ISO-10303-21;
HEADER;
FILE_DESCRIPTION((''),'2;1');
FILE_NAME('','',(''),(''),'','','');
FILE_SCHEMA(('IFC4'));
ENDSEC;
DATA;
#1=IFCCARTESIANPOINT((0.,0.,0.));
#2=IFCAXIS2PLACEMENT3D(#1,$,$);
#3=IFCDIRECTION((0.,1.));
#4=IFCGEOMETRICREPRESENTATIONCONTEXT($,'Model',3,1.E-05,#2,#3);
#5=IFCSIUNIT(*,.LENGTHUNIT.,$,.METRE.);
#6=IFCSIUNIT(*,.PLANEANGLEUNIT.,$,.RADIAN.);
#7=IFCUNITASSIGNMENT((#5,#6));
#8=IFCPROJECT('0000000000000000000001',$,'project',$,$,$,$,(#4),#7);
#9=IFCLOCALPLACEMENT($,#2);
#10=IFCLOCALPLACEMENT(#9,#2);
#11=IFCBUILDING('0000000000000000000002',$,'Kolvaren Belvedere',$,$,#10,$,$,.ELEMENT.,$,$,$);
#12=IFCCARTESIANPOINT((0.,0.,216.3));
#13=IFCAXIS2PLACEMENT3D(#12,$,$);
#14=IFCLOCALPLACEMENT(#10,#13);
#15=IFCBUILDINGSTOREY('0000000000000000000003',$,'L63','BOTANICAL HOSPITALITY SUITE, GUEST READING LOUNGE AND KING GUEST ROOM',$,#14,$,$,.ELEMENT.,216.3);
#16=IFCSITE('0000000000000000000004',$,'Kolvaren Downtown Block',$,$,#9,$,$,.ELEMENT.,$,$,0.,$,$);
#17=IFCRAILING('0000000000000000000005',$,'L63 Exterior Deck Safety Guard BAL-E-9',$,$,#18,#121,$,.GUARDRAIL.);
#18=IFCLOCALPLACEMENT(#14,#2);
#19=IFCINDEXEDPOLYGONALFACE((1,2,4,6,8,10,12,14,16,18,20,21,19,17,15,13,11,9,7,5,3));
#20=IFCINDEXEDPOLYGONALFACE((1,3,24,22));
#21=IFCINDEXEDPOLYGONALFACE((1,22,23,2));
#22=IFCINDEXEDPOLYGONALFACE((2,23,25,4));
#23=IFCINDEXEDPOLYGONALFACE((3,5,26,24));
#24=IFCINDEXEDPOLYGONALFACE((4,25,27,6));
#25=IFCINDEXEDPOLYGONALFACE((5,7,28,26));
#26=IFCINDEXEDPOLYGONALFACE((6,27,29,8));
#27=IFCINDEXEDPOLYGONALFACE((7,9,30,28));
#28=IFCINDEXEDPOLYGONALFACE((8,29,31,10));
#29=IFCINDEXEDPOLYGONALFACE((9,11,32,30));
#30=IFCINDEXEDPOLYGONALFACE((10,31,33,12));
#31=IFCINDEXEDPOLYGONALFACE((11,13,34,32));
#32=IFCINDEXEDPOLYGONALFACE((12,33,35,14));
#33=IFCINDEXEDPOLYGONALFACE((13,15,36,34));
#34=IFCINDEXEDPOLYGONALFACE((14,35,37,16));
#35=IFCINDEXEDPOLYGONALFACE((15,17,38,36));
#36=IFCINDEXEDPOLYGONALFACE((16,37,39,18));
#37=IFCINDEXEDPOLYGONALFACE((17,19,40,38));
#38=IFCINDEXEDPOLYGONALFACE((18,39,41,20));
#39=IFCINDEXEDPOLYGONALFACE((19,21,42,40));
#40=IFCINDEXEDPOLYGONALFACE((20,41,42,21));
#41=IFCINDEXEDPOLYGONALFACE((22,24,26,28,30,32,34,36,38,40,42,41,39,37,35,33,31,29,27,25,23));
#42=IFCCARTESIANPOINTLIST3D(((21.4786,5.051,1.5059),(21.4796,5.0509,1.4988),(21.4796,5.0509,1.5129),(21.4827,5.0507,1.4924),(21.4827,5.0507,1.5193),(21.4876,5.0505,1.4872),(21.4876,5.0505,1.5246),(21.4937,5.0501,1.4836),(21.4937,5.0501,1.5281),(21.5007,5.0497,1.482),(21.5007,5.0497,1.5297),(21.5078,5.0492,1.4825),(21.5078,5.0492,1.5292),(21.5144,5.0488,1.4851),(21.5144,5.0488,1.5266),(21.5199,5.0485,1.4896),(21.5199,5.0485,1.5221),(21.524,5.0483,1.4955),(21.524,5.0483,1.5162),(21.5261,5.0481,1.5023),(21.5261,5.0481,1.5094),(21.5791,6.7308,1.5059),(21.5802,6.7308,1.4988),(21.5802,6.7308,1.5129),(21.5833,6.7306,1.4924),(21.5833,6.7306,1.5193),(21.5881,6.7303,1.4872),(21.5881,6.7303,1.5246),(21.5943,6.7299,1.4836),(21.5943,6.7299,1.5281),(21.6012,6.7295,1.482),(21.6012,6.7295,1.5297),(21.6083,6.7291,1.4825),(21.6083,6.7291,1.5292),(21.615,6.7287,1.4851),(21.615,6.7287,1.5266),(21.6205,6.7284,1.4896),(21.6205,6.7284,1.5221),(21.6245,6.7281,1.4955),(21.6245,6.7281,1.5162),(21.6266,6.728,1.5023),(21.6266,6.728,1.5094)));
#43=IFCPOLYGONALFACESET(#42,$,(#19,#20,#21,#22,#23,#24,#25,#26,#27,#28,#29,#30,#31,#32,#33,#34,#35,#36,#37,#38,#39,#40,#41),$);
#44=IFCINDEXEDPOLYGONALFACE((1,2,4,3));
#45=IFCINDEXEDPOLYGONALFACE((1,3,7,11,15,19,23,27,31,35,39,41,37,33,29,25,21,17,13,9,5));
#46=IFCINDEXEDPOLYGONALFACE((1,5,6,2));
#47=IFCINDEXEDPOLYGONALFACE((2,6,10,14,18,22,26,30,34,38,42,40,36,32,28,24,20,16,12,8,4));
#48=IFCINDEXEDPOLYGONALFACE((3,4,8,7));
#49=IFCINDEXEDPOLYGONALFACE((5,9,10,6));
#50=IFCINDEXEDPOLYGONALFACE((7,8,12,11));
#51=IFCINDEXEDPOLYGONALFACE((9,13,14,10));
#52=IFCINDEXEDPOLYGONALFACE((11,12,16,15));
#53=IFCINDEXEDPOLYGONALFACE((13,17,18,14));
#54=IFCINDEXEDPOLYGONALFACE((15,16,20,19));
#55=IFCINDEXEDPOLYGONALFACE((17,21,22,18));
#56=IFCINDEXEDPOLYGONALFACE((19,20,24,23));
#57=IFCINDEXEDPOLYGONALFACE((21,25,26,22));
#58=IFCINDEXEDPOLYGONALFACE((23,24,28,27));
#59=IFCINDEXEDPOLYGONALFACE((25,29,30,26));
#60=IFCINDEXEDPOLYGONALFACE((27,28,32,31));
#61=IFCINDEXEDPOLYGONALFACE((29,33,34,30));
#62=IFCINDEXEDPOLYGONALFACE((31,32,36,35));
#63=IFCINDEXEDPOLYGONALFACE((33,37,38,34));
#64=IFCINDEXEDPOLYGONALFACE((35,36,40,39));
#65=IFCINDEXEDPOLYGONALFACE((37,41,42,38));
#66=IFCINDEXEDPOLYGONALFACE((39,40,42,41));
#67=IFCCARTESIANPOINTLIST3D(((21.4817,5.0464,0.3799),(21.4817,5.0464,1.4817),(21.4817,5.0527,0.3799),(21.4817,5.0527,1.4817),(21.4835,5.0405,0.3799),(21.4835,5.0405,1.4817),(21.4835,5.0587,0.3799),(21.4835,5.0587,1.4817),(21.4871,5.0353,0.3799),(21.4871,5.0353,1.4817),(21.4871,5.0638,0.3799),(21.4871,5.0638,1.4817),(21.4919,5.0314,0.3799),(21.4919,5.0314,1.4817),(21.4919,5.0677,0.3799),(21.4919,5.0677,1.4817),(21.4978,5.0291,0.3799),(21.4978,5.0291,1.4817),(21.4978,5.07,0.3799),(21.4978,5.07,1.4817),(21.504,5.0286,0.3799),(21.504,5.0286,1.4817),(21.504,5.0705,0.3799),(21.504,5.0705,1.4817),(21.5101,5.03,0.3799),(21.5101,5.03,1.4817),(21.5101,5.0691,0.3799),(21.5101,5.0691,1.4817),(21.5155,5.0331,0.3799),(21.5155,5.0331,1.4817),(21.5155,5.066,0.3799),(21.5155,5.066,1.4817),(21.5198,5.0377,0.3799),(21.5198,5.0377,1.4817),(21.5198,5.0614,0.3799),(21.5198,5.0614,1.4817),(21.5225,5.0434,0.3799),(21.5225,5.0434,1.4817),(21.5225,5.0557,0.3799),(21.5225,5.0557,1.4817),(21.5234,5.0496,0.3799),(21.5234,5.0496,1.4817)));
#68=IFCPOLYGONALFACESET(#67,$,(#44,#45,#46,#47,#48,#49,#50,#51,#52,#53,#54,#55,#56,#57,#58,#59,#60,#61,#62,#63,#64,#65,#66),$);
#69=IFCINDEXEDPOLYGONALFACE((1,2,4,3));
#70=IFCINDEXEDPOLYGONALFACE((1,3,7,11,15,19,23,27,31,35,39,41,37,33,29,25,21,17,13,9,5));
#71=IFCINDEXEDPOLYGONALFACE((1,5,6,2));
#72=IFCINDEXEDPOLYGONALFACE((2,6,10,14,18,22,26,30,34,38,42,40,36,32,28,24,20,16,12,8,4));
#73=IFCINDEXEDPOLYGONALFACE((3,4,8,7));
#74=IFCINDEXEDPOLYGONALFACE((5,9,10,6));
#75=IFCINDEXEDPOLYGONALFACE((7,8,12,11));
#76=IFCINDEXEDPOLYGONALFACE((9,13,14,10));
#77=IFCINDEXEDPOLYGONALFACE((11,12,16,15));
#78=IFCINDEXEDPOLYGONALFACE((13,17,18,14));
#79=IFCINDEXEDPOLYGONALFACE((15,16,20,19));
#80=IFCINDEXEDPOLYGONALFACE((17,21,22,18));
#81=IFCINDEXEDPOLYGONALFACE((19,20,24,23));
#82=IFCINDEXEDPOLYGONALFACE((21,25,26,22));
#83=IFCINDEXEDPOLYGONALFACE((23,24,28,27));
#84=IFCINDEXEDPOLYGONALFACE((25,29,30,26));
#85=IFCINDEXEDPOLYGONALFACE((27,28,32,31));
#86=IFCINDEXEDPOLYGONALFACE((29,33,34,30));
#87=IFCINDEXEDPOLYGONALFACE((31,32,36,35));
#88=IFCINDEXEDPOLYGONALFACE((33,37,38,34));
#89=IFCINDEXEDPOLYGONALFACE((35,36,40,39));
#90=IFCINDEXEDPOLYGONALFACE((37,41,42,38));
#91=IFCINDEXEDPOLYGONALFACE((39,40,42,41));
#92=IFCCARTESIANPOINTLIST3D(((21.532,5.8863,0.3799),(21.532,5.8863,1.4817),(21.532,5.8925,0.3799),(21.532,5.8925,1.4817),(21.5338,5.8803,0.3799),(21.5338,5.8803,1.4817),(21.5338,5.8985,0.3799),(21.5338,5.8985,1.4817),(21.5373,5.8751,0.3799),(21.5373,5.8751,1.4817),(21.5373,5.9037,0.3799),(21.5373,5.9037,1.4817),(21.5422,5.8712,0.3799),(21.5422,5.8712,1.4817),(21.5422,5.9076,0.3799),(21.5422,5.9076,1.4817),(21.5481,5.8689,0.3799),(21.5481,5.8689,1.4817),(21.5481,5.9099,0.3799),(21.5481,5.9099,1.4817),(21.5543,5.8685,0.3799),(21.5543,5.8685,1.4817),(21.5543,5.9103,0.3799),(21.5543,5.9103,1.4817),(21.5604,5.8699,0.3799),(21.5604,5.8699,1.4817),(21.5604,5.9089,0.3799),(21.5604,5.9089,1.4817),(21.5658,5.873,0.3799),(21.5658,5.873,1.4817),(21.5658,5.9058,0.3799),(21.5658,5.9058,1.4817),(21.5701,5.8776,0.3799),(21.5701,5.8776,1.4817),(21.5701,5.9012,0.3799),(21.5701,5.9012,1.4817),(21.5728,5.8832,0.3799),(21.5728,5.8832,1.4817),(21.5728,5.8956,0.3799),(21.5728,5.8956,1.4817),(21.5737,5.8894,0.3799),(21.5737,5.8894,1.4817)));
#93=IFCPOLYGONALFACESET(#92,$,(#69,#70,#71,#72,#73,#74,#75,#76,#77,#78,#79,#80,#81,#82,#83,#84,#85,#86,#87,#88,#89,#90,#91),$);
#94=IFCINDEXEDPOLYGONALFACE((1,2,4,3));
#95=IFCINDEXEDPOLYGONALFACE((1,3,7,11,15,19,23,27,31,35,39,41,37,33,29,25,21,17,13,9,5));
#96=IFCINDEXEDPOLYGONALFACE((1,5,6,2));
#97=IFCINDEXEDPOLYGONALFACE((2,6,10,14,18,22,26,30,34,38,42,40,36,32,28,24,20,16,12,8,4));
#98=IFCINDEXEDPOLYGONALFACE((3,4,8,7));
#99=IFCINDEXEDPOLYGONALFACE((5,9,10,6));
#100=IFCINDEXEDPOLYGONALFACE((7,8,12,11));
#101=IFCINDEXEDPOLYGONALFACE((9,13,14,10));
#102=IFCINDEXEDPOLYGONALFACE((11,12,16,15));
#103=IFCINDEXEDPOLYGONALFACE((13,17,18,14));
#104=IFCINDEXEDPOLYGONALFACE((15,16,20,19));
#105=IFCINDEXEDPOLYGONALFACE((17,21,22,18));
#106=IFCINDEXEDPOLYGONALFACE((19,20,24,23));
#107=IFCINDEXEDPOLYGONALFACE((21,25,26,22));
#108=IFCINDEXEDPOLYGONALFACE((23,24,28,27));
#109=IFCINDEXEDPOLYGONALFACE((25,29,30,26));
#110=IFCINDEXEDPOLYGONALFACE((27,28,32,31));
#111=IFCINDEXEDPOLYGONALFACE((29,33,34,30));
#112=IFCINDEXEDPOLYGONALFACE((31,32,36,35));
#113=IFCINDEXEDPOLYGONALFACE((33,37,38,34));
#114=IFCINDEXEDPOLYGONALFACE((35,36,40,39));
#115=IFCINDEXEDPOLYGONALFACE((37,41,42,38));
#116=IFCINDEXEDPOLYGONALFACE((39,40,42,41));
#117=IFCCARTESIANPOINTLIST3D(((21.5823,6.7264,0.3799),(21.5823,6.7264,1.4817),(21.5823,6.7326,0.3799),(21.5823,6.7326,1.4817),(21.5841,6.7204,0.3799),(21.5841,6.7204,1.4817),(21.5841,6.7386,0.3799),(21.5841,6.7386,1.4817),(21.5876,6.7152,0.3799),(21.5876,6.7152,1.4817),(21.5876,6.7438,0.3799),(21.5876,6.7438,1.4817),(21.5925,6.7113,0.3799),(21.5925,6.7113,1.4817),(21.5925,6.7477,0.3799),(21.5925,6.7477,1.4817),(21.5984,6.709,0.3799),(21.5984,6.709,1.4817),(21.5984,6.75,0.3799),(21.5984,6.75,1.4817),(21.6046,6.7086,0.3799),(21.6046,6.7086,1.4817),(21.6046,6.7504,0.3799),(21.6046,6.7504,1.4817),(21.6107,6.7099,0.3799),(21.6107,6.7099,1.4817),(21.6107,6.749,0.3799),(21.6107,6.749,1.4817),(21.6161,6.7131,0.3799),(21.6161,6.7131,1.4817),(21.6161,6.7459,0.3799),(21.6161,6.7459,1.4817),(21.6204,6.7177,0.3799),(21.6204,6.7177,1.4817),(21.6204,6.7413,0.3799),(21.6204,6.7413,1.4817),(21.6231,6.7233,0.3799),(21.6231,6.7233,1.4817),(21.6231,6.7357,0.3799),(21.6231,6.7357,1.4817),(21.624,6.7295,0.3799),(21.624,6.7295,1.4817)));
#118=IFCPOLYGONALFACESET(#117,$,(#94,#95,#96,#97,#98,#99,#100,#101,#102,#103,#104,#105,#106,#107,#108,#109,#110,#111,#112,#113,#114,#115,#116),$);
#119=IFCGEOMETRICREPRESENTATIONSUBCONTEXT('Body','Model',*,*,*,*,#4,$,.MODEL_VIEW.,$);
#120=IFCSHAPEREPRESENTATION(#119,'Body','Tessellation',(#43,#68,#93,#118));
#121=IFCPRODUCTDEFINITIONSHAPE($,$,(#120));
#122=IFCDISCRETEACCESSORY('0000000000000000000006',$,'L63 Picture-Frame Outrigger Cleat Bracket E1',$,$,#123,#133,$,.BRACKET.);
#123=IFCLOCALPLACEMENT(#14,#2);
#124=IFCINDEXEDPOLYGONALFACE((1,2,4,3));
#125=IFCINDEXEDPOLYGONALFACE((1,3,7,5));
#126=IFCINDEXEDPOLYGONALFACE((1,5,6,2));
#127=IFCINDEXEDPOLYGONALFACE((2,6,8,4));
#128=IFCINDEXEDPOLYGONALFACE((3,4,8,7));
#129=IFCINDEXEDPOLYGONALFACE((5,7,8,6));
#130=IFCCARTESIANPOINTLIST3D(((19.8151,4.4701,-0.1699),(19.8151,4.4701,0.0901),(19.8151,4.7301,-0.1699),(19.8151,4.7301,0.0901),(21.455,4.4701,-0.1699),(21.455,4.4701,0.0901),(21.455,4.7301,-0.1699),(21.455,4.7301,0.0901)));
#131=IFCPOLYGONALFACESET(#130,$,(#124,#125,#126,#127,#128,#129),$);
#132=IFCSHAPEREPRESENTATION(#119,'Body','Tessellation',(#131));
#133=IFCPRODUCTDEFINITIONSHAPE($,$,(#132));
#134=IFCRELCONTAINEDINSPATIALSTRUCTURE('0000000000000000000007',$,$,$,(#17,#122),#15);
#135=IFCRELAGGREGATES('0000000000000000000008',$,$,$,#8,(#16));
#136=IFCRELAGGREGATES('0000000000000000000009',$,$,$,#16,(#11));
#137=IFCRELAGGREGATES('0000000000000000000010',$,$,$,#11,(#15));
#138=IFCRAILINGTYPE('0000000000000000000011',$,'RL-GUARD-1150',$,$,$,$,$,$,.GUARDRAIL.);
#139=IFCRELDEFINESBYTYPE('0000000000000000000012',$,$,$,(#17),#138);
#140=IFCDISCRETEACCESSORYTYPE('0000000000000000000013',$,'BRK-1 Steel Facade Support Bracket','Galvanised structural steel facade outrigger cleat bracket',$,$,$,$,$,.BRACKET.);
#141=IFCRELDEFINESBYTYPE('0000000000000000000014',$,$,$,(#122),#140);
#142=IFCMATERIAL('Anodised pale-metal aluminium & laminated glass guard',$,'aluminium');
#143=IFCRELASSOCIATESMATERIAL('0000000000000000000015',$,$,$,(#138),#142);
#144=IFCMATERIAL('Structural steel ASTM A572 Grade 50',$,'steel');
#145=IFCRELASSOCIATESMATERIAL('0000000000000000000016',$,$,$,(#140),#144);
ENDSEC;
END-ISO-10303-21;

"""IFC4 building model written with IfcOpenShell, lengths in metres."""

from ifc_helpers import new_model, si_unit, direction, frame, origin, origin_2d, place, context, subcontext, project, spatial, rectangle, circle, extrude, material, type_object, element, save


model = new_model("IFC4")

# Units and contexts
model_context = context("Model", 3, precision=1e-05, world=origin(), true_north=direction((0.0, 1.0)))
body_context = subcontext(model_context, "Body", "Model", "MODEL_VIEW")
ifc_project = project(units=[si_unit("LENGTHUNIT", "METRE"), si_unit("PLANEANGLEUNIT", "RADIAN")], contexts=[model_context])

# Site, building, storey
site_placement = place(None, origin())
site = spatial("IfcSite", under=ifc_project, at=site_placement, Name="Kolvaren Downtown Block", CompositionType="ELEMENT", RefElevation=0.0)
building_placement = place(site_placement, origin())
building = spatial("IfcBuilding", under=site, at=building_placement, Name="Kolvaren Belvedere", CompositionType="ELEMENT")
storey_placement = place(building_placement, frame((0.0, 0.0, 216.3)))
storey = spatial("IfcBuildingStorey", under=building, at=storey_placement, Name="L63", Description="BOTANICAL HOSPITALITY SUITE, GUEST READING LOUNGE AND KING GUEST ROOM", CompositionType="ELEMENT", Elevation=216.3)

# Railing
ifc_material_1 = material(Name="Anodised pale-metal aluminium & laminated glass guard", Category="aluminium")
railing_type = type_object("IfcRailingType", Name="RL-GUARD-1150", PredefinedType="GUARDRAIL", material=ifc_material_1)
railing_1_placement = place(storey_placement, frame((21.5024, 5.0496, 0.3799)))
element("IfcRailing", 1, at=railing_1_placement, inside=storey, type_object=railing_type, Name="L63 Exterior Deck Safety Guard BAL-E-9", PredefinedType="GUARDRAIL", context=body_context, shape_type="SweptSolid", body=[
    extrude(circle(Radius=0.0239, at=origin_2d()), frame((0.0, 0.0, 1.126), z_axis=(0.059768, 0.998212, 0.0), x_axis=(-0.998212, 0.059768, 0.0)), (0.0, 0.0, 1.0), 1.6829),
    extrude(circle(Radius=0.021, at=origin_2d()), origin(), (0.0, 0.0, 1.0), 1.1018),
    extrude(circle(Radius=0.021, at=origin_2d()), frame((0.0503, 0.8398, 0.0)), (0.0, 0.0, 1.0), 1.1018),
    extrude(circle(Radius=0.021, at=origin_2d()), frame((0.1006, 1.6799, 0.0)), (0.0, 0.0, 1.0), 1.1018),
])

# Discrete accessory
ifc_material_2 = material(Name="Structural steel ASTM A572 Grade 50", Category="steel")
discrete_accessory_type = type_object("IfcDiscreteAccessoryType", Name="BRK-1 Steel Facade Support Bracket", Description="Galvanised structural steel facade outrigger cleat bracket", PredefinedType="BRACKET", material=ifc_material_2)
discrete_accessory_placement = place(storey_placement, frame((20.635, 4.6001, -0.1699), z_axis=(0.0, 0.0, 1.0), x_axis=(1.0, 0.0, 0.0)))
element("IfcDiscreteAccessory", 2, at=discrete_accessory_placement, inside=storey, type_object=discrete_accessory_type, Name="L63 Picture-Frame Outrigger Cleat Bracket E1", PredefinedType="BRACKET", context=body_context, shape_type="SweptSolid", body=[
    extrude(rectangle(XDim=1.6399, YDim=0.26, at=origin_2d()), origin(), (0.0, 0.0, 1.0), 0.26),
])

save(model, "model.ifc")
